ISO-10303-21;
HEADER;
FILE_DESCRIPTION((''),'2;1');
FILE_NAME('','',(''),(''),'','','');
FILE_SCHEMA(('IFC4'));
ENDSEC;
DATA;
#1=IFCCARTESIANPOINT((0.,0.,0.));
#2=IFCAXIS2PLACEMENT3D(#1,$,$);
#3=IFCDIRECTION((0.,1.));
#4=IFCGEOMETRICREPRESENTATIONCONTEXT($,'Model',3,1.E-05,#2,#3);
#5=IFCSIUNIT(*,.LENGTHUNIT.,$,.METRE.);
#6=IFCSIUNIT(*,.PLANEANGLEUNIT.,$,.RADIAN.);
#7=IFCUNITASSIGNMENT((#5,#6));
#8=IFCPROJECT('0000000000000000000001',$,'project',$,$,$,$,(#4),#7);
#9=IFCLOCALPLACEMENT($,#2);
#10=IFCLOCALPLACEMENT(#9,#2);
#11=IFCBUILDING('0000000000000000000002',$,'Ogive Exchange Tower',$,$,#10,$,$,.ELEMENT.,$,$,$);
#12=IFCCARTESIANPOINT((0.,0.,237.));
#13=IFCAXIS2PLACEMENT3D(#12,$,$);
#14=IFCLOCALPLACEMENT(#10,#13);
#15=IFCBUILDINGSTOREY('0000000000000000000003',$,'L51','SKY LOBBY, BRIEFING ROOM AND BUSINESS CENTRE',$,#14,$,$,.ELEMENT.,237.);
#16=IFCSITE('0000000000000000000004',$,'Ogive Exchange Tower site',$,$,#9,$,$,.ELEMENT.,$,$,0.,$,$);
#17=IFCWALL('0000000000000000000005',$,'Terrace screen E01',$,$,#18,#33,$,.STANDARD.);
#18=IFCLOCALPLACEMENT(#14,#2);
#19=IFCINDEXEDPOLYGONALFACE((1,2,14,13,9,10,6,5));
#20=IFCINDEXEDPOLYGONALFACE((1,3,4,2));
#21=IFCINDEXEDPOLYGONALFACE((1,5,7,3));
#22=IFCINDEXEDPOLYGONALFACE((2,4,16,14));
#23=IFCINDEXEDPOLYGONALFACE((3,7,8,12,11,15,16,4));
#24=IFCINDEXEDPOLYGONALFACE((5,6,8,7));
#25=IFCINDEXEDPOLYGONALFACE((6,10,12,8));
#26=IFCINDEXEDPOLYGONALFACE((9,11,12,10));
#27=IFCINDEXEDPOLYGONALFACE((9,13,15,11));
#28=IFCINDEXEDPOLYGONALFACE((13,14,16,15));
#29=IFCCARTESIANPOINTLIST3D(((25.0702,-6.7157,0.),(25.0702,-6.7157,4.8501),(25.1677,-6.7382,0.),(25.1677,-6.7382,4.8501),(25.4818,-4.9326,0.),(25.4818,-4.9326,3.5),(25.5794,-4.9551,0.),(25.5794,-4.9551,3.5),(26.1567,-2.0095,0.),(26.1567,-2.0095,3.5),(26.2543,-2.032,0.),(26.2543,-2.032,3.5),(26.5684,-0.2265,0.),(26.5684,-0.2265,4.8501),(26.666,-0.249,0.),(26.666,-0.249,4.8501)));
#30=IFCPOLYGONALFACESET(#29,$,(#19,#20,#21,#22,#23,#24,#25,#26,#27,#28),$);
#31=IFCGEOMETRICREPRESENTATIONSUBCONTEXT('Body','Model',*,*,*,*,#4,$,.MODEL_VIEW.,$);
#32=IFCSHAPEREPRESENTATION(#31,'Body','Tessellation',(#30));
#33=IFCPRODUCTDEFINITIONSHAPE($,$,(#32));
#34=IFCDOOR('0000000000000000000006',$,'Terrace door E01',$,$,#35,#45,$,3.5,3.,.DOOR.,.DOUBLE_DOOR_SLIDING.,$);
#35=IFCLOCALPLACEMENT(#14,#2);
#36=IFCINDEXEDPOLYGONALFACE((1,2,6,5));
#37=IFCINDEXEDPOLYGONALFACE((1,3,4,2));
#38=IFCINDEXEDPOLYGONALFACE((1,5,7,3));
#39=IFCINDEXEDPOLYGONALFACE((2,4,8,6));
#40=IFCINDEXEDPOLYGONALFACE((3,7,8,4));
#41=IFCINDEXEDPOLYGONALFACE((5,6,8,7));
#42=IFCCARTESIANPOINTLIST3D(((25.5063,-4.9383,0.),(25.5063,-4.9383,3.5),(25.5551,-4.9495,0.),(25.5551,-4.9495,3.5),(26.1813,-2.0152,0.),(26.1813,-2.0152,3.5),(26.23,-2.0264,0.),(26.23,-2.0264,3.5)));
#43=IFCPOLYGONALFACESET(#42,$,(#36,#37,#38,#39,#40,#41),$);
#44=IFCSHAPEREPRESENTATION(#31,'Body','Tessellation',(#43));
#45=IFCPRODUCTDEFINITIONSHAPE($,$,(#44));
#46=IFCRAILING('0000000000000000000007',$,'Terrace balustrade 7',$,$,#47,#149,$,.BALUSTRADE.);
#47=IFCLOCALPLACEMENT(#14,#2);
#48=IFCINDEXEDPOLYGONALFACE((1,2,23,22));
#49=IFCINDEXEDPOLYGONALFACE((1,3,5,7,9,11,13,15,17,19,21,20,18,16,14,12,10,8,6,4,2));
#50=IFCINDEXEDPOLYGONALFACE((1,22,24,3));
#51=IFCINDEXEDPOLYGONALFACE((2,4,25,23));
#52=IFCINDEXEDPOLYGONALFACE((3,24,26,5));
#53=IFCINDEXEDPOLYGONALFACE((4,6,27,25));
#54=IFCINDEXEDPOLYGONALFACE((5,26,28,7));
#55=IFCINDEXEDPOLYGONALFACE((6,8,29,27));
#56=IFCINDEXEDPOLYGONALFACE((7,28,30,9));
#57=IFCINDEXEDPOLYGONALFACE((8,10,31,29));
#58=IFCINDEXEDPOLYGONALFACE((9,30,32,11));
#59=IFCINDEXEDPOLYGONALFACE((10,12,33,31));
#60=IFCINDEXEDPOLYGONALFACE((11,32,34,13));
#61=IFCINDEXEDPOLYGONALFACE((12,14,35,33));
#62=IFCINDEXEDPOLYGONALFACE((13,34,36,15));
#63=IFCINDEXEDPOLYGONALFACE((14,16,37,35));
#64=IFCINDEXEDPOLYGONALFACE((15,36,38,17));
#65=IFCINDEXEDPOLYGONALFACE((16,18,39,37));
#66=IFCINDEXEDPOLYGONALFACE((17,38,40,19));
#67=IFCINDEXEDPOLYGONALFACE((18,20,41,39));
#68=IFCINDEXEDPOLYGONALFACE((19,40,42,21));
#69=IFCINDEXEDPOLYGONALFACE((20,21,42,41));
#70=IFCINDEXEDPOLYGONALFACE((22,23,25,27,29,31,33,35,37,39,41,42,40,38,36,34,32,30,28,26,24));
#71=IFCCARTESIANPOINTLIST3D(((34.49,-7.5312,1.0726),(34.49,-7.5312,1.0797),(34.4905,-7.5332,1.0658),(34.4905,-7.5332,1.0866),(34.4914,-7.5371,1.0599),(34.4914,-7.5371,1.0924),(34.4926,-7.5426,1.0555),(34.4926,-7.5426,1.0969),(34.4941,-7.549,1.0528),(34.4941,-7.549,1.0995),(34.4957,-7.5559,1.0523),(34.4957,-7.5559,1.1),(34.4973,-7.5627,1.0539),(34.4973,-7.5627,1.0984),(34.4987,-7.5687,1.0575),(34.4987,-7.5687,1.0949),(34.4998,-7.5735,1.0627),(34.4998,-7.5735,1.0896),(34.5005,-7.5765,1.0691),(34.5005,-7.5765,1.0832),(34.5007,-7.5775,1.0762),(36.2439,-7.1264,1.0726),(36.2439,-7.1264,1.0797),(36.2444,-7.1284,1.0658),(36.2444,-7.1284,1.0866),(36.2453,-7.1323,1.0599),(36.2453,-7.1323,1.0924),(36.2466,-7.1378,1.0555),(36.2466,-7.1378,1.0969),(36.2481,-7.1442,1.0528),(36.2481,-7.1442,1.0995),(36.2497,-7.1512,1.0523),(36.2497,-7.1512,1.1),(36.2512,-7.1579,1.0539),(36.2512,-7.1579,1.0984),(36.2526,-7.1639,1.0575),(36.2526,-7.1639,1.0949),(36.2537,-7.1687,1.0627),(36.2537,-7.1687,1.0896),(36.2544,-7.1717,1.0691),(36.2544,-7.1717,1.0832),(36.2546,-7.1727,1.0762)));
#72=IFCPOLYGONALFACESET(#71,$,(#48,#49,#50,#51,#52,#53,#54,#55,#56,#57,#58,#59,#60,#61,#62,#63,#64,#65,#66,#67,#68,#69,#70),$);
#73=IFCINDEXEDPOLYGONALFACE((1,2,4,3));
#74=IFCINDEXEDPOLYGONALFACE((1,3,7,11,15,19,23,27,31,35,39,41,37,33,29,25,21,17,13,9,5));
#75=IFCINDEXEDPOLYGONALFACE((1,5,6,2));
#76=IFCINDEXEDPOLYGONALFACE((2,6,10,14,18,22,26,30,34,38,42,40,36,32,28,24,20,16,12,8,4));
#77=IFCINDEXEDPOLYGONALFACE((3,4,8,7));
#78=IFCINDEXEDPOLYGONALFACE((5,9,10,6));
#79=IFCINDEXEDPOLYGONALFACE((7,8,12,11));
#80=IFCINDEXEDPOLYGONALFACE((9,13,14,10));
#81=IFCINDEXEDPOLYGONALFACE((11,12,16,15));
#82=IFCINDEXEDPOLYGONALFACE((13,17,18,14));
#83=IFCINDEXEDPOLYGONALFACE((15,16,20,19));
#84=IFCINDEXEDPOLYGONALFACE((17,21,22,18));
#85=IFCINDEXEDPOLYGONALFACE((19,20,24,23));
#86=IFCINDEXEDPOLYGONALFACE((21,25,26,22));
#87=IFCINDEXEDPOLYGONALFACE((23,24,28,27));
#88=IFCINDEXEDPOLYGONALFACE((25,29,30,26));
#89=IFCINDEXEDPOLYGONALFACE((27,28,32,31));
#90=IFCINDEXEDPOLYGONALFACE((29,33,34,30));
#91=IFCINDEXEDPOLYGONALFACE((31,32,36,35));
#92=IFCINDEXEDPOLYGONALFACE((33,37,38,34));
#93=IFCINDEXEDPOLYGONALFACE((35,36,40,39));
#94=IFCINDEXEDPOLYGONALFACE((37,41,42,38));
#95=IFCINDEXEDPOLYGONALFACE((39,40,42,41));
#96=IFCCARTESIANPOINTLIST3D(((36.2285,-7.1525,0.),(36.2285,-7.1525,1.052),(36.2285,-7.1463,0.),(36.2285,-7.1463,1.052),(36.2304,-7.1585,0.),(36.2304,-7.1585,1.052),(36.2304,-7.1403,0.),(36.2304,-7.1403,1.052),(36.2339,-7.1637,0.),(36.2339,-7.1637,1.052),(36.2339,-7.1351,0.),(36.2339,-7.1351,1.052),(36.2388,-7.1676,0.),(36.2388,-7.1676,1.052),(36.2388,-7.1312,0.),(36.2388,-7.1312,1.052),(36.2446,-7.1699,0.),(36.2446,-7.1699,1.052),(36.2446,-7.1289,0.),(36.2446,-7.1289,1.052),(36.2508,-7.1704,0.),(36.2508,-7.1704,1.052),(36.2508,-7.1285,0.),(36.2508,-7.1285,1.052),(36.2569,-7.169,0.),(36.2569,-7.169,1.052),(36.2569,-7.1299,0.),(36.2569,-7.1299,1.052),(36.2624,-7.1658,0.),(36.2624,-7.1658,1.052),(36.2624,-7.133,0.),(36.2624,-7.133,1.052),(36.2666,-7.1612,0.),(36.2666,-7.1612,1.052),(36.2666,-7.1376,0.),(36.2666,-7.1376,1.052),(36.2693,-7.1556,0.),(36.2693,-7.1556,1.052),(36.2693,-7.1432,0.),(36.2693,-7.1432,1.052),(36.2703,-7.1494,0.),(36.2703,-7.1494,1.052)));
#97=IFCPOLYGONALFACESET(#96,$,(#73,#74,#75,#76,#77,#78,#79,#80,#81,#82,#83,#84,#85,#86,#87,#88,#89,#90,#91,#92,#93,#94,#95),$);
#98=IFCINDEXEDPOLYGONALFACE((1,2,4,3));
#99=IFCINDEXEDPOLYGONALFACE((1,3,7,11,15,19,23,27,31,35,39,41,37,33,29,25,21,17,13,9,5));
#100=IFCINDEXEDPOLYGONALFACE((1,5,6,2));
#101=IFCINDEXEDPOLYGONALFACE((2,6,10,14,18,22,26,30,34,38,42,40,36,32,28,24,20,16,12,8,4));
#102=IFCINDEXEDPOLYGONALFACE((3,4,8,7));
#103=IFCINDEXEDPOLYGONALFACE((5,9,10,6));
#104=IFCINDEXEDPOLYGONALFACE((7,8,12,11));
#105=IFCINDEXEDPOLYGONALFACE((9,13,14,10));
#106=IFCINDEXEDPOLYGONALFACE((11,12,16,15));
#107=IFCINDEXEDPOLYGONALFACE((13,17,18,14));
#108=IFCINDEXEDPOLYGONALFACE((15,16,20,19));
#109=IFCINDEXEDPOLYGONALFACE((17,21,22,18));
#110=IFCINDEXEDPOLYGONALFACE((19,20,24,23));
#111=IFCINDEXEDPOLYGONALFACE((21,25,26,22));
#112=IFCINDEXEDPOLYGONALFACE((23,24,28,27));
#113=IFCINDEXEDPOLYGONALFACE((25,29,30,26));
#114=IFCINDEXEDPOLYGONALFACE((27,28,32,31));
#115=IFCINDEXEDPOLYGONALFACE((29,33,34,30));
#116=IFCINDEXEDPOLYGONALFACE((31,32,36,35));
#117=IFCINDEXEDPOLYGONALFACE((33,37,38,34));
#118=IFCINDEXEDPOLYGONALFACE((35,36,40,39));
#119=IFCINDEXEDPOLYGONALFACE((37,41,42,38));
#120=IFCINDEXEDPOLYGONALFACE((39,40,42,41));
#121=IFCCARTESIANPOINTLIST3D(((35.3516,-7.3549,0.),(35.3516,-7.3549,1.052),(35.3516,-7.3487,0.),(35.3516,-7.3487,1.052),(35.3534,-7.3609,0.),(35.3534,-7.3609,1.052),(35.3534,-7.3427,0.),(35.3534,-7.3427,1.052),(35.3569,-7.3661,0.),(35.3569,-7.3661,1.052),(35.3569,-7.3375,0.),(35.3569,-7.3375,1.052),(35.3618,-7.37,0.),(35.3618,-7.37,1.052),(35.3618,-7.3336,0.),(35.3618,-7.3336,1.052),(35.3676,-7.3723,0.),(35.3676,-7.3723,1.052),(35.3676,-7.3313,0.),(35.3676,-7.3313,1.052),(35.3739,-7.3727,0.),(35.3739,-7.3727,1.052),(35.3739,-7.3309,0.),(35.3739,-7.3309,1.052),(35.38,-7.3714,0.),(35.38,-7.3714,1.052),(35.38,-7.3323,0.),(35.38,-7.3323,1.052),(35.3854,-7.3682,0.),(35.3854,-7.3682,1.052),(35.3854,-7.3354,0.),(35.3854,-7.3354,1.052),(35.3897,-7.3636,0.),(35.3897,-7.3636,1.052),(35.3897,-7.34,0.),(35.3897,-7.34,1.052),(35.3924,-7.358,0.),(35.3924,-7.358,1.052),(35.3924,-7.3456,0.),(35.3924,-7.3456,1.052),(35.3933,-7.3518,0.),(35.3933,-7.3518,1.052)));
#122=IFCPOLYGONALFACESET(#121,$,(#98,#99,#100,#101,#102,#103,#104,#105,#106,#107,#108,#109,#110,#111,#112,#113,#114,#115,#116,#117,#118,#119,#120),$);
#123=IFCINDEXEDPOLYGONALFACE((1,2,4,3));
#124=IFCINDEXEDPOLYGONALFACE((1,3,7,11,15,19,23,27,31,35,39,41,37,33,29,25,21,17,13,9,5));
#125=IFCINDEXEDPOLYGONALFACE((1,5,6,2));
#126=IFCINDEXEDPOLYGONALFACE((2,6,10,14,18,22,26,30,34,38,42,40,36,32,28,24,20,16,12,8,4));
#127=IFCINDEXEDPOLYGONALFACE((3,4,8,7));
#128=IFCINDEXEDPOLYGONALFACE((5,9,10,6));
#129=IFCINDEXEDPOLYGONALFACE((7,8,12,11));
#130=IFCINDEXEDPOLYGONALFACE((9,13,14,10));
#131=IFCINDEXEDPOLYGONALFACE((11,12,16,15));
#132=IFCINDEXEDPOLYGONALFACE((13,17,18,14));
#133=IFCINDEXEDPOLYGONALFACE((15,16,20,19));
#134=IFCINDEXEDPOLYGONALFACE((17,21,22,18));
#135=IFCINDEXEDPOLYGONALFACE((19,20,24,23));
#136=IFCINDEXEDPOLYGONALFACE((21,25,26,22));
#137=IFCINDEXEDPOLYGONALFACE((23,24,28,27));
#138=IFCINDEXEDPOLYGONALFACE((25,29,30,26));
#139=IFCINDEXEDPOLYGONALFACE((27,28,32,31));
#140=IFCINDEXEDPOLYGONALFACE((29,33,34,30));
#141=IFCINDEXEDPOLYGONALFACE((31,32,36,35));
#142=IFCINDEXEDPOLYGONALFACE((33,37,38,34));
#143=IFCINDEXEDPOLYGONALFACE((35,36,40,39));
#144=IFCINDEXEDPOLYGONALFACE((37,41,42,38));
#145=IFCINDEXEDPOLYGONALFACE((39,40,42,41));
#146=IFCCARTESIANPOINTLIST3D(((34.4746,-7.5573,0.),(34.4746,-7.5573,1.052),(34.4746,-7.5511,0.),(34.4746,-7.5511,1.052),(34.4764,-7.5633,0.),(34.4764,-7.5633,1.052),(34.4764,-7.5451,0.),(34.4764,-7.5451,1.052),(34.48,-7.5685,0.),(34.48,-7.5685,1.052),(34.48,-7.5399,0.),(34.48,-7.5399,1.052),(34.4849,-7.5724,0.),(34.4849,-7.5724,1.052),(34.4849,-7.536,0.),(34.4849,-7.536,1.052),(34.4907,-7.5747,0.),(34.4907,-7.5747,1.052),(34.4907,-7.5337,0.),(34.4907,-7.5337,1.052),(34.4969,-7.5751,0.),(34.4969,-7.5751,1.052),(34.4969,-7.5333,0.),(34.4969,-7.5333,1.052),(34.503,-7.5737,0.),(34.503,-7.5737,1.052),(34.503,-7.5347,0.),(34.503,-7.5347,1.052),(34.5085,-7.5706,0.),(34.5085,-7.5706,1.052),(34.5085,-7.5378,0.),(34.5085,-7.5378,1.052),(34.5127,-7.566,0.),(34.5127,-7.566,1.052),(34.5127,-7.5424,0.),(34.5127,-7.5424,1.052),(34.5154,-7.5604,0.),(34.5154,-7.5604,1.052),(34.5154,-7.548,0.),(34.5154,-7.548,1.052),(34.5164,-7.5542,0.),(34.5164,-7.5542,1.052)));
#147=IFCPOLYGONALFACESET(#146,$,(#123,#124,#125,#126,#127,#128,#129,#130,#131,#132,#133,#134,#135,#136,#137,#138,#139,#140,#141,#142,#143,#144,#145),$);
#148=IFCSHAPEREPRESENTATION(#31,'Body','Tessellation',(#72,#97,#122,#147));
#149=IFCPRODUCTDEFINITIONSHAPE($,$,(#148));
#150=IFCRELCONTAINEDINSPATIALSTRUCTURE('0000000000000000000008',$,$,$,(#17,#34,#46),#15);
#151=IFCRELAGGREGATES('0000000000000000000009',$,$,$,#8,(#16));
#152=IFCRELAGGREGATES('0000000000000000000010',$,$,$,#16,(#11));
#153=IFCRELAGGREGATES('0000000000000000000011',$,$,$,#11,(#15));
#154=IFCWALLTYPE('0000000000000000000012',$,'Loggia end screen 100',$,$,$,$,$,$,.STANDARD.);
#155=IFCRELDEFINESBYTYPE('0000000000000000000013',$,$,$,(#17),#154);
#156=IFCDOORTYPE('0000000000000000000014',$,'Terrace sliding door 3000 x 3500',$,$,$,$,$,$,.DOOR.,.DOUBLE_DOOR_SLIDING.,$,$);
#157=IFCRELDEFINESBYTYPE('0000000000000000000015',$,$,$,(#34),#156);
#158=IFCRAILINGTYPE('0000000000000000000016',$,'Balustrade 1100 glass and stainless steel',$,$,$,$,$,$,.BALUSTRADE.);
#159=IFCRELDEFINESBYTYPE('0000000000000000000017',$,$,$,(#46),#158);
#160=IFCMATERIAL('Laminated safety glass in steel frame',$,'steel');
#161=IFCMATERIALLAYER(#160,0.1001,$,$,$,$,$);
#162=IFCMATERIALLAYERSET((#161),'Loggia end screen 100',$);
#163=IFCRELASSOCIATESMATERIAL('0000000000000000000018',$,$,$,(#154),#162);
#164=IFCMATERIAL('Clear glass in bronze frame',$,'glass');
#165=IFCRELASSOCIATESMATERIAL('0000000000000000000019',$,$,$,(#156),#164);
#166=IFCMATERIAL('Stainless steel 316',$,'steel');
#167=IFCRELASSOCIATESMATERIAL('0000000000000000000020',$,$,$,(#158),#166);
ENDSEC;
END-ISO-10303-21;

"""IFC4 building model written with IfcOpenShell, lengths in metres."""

from ifc_helpers import new_model, si_unit, direction, frame, frame_2d, origin, origin_2d, place, context, subcontext, project, spatial, rectangle, circle, extrude, material, layer, layer_set, type_object, element, fill, save


model = new_model("IFC4")

# Units and contexts
model_context = context("Model", 3, precision=1e-05, world=origin(), true_north=direction((0.0, 1.0)))
body_context = subcontext(model_context, "Body", "Model", "MODEL_VIEW")
ifc_project = project(units=[si_unit("LENGTHUNIT", "METRE"), si_unit("PLANEANGLEUNIT", "RADIAN")], contexts=[model_context])

# Site, building, storey
site_placement = place(None, origin())
site = spatial("IfcSite", under=ifc_project, at=site_placement, Name="Ogive Exchange Tower site", CompositionType="ELEMENT", RefElevation=0.0)
building_placement = place(site_placement, origin())
building = spatial("IfcBuilding", under=site, at=building_placement, Name="Ogive Exchange Tower", CompositionType="ELEMENT")
storey_placement = place(building_placement, frame((0.0, 0.0, 237.0)))
storey = spatial("IfcBuildingStorey", under=building, at=storey_placement, Name="L51", Description="SKY LOBBY, BRIEFING ROOM AND BUSINESS CENTRE", CompositionType="ELEMENT", Elevation=237.0)

# Wall, opening, door
ifc_material_1 = material(Name="Laminated safety glass in steel frame", Category="steel")
ifc_layer_1 = layer(ifc_material_1, 0.1001)
ifc_layer_set_1 = layer_set([ifc_layer_1], Name="Loggia end screen 100")
wall_type = type_object("IfcWallType", Name="Loggia end screen 100", PredefinedType="STANDARD", material=ifc_layer_set_1)
wall_placement = place(storey_placement, frame((25.1189, -6.7271, 0.0), z_axis=(0.0, 0.0, 1.0), x_axis=(0.224969, 0.974366, 0.0)))
wall = element("IfcWall", 1, at=wall_placement, inside=storey, type_object=wall_type, Name="Terrace screen E01", PredefinedType="STANDARD", context=body_context, shape_type="SweptSolid", body=[
    extrude(rectangle(XDim=6.6599, YDim=0.1001, at=frame_2d((3.3301, 0.0))), origin(), (0.0, 0.0, 1.0), 4.8501),
])
opening_placement = place(wall_placement, frame((1.8301, 0.0, 0.0)))
opening = element("IfcOpeningElement", 2, at=opening_placement, cuts=wall, PredefinedType="OPENING", context=body_context, shape_type="SweptSolid", body=[
    extrude(rectangle(XDim=3.0, YDim=3.5, at=frame_2d((1.5, 1.75))), frame((0.0, 0.0601, 0.0), z_axis=(0.0, -1.0, 0.0), x_axis=(1.0, 0.0, 0.0)), (0.0, 0.0, 1.0), 0.1201),
])
ifc_material_2 = material(Name="Clear glass in bronze frame", Category="glass")
door_type = type_object("IfcDoorType", Name="Terrace sliding door 3000 x 3500", OperationType="DOUBLE_DOOR_SLIDING", PredefinedType="DOOR", material=ifc_material_2)
door_placement = place(opening_placement, origin())
door = element("IfcDoor", 3, at=door_placement, inside=storey, type_object=door_type, Name="Terrace door E01", OperationType="DOUBLE_DOOR_SLIDING", OverallHeight=3.5, OverallWidth=3.0, PredefinedType="DOOR", context=body_context, shape_type="SweptSolid", body=[
    extrude(rectangle(XDim=3.0, YDim=3.5, at=frame_2d((1.5, 1.75))), frame((0.0, 0.0249, 0.0), z_axis=(0.0, -1.0, 0.0), x_axis=(1.0, 0.0, 0.0)), (0.0, 0.0, 1.0), 0.05),
])
fill(opening, door)

# Railing
ifc_material_3 = material(Name="Stainless steel 316", Category="steel")
railing_type = type_object("IfcRailingType", Name="Balustrade 1100 glass and stainless steel", PredefinedType="BALUSTRADE", material=ifc_material_3)
railing_1_placement = place(storey_placement, frame((36.2493, -7.1494, 0.0)))
element("IfcRailing", 4, at=railing_1_placement, inside=storey, type_object=railing_type, Name="Terrace balustrade 7", PredefinedType="BALUSTRADE", context=body_context, shape_type="SweptSolid", body=[
    extrude(circle(Radius=0.0239, at=origin_2d()), frame((0.0, 0.0, 1.0762), z_axis=(-0.974387, -0.224879, 0.0), x_axis=(0.224879, -0.974387, 0.0)), (0.0, 0.0, 1.0), 1.8),
    extrude(circle(Radius=0.021, at=origin_2d()), origin(), (0.0, 0.0, 1.0), 1.052),
    extrude(circle(Radius=0.021, at=origin_2d()), frame((-0.877, -0.2024, 0.0)), (0.0, 0.0, 1.0), 1.052),
    extrude(circle(Radius=0.021, at=origin_2d()), frame((-1.7539, -0.4048, 0.0)), (0.0, 0.0, 1.0), 1.052),
])

save(model, "model.ifc")
